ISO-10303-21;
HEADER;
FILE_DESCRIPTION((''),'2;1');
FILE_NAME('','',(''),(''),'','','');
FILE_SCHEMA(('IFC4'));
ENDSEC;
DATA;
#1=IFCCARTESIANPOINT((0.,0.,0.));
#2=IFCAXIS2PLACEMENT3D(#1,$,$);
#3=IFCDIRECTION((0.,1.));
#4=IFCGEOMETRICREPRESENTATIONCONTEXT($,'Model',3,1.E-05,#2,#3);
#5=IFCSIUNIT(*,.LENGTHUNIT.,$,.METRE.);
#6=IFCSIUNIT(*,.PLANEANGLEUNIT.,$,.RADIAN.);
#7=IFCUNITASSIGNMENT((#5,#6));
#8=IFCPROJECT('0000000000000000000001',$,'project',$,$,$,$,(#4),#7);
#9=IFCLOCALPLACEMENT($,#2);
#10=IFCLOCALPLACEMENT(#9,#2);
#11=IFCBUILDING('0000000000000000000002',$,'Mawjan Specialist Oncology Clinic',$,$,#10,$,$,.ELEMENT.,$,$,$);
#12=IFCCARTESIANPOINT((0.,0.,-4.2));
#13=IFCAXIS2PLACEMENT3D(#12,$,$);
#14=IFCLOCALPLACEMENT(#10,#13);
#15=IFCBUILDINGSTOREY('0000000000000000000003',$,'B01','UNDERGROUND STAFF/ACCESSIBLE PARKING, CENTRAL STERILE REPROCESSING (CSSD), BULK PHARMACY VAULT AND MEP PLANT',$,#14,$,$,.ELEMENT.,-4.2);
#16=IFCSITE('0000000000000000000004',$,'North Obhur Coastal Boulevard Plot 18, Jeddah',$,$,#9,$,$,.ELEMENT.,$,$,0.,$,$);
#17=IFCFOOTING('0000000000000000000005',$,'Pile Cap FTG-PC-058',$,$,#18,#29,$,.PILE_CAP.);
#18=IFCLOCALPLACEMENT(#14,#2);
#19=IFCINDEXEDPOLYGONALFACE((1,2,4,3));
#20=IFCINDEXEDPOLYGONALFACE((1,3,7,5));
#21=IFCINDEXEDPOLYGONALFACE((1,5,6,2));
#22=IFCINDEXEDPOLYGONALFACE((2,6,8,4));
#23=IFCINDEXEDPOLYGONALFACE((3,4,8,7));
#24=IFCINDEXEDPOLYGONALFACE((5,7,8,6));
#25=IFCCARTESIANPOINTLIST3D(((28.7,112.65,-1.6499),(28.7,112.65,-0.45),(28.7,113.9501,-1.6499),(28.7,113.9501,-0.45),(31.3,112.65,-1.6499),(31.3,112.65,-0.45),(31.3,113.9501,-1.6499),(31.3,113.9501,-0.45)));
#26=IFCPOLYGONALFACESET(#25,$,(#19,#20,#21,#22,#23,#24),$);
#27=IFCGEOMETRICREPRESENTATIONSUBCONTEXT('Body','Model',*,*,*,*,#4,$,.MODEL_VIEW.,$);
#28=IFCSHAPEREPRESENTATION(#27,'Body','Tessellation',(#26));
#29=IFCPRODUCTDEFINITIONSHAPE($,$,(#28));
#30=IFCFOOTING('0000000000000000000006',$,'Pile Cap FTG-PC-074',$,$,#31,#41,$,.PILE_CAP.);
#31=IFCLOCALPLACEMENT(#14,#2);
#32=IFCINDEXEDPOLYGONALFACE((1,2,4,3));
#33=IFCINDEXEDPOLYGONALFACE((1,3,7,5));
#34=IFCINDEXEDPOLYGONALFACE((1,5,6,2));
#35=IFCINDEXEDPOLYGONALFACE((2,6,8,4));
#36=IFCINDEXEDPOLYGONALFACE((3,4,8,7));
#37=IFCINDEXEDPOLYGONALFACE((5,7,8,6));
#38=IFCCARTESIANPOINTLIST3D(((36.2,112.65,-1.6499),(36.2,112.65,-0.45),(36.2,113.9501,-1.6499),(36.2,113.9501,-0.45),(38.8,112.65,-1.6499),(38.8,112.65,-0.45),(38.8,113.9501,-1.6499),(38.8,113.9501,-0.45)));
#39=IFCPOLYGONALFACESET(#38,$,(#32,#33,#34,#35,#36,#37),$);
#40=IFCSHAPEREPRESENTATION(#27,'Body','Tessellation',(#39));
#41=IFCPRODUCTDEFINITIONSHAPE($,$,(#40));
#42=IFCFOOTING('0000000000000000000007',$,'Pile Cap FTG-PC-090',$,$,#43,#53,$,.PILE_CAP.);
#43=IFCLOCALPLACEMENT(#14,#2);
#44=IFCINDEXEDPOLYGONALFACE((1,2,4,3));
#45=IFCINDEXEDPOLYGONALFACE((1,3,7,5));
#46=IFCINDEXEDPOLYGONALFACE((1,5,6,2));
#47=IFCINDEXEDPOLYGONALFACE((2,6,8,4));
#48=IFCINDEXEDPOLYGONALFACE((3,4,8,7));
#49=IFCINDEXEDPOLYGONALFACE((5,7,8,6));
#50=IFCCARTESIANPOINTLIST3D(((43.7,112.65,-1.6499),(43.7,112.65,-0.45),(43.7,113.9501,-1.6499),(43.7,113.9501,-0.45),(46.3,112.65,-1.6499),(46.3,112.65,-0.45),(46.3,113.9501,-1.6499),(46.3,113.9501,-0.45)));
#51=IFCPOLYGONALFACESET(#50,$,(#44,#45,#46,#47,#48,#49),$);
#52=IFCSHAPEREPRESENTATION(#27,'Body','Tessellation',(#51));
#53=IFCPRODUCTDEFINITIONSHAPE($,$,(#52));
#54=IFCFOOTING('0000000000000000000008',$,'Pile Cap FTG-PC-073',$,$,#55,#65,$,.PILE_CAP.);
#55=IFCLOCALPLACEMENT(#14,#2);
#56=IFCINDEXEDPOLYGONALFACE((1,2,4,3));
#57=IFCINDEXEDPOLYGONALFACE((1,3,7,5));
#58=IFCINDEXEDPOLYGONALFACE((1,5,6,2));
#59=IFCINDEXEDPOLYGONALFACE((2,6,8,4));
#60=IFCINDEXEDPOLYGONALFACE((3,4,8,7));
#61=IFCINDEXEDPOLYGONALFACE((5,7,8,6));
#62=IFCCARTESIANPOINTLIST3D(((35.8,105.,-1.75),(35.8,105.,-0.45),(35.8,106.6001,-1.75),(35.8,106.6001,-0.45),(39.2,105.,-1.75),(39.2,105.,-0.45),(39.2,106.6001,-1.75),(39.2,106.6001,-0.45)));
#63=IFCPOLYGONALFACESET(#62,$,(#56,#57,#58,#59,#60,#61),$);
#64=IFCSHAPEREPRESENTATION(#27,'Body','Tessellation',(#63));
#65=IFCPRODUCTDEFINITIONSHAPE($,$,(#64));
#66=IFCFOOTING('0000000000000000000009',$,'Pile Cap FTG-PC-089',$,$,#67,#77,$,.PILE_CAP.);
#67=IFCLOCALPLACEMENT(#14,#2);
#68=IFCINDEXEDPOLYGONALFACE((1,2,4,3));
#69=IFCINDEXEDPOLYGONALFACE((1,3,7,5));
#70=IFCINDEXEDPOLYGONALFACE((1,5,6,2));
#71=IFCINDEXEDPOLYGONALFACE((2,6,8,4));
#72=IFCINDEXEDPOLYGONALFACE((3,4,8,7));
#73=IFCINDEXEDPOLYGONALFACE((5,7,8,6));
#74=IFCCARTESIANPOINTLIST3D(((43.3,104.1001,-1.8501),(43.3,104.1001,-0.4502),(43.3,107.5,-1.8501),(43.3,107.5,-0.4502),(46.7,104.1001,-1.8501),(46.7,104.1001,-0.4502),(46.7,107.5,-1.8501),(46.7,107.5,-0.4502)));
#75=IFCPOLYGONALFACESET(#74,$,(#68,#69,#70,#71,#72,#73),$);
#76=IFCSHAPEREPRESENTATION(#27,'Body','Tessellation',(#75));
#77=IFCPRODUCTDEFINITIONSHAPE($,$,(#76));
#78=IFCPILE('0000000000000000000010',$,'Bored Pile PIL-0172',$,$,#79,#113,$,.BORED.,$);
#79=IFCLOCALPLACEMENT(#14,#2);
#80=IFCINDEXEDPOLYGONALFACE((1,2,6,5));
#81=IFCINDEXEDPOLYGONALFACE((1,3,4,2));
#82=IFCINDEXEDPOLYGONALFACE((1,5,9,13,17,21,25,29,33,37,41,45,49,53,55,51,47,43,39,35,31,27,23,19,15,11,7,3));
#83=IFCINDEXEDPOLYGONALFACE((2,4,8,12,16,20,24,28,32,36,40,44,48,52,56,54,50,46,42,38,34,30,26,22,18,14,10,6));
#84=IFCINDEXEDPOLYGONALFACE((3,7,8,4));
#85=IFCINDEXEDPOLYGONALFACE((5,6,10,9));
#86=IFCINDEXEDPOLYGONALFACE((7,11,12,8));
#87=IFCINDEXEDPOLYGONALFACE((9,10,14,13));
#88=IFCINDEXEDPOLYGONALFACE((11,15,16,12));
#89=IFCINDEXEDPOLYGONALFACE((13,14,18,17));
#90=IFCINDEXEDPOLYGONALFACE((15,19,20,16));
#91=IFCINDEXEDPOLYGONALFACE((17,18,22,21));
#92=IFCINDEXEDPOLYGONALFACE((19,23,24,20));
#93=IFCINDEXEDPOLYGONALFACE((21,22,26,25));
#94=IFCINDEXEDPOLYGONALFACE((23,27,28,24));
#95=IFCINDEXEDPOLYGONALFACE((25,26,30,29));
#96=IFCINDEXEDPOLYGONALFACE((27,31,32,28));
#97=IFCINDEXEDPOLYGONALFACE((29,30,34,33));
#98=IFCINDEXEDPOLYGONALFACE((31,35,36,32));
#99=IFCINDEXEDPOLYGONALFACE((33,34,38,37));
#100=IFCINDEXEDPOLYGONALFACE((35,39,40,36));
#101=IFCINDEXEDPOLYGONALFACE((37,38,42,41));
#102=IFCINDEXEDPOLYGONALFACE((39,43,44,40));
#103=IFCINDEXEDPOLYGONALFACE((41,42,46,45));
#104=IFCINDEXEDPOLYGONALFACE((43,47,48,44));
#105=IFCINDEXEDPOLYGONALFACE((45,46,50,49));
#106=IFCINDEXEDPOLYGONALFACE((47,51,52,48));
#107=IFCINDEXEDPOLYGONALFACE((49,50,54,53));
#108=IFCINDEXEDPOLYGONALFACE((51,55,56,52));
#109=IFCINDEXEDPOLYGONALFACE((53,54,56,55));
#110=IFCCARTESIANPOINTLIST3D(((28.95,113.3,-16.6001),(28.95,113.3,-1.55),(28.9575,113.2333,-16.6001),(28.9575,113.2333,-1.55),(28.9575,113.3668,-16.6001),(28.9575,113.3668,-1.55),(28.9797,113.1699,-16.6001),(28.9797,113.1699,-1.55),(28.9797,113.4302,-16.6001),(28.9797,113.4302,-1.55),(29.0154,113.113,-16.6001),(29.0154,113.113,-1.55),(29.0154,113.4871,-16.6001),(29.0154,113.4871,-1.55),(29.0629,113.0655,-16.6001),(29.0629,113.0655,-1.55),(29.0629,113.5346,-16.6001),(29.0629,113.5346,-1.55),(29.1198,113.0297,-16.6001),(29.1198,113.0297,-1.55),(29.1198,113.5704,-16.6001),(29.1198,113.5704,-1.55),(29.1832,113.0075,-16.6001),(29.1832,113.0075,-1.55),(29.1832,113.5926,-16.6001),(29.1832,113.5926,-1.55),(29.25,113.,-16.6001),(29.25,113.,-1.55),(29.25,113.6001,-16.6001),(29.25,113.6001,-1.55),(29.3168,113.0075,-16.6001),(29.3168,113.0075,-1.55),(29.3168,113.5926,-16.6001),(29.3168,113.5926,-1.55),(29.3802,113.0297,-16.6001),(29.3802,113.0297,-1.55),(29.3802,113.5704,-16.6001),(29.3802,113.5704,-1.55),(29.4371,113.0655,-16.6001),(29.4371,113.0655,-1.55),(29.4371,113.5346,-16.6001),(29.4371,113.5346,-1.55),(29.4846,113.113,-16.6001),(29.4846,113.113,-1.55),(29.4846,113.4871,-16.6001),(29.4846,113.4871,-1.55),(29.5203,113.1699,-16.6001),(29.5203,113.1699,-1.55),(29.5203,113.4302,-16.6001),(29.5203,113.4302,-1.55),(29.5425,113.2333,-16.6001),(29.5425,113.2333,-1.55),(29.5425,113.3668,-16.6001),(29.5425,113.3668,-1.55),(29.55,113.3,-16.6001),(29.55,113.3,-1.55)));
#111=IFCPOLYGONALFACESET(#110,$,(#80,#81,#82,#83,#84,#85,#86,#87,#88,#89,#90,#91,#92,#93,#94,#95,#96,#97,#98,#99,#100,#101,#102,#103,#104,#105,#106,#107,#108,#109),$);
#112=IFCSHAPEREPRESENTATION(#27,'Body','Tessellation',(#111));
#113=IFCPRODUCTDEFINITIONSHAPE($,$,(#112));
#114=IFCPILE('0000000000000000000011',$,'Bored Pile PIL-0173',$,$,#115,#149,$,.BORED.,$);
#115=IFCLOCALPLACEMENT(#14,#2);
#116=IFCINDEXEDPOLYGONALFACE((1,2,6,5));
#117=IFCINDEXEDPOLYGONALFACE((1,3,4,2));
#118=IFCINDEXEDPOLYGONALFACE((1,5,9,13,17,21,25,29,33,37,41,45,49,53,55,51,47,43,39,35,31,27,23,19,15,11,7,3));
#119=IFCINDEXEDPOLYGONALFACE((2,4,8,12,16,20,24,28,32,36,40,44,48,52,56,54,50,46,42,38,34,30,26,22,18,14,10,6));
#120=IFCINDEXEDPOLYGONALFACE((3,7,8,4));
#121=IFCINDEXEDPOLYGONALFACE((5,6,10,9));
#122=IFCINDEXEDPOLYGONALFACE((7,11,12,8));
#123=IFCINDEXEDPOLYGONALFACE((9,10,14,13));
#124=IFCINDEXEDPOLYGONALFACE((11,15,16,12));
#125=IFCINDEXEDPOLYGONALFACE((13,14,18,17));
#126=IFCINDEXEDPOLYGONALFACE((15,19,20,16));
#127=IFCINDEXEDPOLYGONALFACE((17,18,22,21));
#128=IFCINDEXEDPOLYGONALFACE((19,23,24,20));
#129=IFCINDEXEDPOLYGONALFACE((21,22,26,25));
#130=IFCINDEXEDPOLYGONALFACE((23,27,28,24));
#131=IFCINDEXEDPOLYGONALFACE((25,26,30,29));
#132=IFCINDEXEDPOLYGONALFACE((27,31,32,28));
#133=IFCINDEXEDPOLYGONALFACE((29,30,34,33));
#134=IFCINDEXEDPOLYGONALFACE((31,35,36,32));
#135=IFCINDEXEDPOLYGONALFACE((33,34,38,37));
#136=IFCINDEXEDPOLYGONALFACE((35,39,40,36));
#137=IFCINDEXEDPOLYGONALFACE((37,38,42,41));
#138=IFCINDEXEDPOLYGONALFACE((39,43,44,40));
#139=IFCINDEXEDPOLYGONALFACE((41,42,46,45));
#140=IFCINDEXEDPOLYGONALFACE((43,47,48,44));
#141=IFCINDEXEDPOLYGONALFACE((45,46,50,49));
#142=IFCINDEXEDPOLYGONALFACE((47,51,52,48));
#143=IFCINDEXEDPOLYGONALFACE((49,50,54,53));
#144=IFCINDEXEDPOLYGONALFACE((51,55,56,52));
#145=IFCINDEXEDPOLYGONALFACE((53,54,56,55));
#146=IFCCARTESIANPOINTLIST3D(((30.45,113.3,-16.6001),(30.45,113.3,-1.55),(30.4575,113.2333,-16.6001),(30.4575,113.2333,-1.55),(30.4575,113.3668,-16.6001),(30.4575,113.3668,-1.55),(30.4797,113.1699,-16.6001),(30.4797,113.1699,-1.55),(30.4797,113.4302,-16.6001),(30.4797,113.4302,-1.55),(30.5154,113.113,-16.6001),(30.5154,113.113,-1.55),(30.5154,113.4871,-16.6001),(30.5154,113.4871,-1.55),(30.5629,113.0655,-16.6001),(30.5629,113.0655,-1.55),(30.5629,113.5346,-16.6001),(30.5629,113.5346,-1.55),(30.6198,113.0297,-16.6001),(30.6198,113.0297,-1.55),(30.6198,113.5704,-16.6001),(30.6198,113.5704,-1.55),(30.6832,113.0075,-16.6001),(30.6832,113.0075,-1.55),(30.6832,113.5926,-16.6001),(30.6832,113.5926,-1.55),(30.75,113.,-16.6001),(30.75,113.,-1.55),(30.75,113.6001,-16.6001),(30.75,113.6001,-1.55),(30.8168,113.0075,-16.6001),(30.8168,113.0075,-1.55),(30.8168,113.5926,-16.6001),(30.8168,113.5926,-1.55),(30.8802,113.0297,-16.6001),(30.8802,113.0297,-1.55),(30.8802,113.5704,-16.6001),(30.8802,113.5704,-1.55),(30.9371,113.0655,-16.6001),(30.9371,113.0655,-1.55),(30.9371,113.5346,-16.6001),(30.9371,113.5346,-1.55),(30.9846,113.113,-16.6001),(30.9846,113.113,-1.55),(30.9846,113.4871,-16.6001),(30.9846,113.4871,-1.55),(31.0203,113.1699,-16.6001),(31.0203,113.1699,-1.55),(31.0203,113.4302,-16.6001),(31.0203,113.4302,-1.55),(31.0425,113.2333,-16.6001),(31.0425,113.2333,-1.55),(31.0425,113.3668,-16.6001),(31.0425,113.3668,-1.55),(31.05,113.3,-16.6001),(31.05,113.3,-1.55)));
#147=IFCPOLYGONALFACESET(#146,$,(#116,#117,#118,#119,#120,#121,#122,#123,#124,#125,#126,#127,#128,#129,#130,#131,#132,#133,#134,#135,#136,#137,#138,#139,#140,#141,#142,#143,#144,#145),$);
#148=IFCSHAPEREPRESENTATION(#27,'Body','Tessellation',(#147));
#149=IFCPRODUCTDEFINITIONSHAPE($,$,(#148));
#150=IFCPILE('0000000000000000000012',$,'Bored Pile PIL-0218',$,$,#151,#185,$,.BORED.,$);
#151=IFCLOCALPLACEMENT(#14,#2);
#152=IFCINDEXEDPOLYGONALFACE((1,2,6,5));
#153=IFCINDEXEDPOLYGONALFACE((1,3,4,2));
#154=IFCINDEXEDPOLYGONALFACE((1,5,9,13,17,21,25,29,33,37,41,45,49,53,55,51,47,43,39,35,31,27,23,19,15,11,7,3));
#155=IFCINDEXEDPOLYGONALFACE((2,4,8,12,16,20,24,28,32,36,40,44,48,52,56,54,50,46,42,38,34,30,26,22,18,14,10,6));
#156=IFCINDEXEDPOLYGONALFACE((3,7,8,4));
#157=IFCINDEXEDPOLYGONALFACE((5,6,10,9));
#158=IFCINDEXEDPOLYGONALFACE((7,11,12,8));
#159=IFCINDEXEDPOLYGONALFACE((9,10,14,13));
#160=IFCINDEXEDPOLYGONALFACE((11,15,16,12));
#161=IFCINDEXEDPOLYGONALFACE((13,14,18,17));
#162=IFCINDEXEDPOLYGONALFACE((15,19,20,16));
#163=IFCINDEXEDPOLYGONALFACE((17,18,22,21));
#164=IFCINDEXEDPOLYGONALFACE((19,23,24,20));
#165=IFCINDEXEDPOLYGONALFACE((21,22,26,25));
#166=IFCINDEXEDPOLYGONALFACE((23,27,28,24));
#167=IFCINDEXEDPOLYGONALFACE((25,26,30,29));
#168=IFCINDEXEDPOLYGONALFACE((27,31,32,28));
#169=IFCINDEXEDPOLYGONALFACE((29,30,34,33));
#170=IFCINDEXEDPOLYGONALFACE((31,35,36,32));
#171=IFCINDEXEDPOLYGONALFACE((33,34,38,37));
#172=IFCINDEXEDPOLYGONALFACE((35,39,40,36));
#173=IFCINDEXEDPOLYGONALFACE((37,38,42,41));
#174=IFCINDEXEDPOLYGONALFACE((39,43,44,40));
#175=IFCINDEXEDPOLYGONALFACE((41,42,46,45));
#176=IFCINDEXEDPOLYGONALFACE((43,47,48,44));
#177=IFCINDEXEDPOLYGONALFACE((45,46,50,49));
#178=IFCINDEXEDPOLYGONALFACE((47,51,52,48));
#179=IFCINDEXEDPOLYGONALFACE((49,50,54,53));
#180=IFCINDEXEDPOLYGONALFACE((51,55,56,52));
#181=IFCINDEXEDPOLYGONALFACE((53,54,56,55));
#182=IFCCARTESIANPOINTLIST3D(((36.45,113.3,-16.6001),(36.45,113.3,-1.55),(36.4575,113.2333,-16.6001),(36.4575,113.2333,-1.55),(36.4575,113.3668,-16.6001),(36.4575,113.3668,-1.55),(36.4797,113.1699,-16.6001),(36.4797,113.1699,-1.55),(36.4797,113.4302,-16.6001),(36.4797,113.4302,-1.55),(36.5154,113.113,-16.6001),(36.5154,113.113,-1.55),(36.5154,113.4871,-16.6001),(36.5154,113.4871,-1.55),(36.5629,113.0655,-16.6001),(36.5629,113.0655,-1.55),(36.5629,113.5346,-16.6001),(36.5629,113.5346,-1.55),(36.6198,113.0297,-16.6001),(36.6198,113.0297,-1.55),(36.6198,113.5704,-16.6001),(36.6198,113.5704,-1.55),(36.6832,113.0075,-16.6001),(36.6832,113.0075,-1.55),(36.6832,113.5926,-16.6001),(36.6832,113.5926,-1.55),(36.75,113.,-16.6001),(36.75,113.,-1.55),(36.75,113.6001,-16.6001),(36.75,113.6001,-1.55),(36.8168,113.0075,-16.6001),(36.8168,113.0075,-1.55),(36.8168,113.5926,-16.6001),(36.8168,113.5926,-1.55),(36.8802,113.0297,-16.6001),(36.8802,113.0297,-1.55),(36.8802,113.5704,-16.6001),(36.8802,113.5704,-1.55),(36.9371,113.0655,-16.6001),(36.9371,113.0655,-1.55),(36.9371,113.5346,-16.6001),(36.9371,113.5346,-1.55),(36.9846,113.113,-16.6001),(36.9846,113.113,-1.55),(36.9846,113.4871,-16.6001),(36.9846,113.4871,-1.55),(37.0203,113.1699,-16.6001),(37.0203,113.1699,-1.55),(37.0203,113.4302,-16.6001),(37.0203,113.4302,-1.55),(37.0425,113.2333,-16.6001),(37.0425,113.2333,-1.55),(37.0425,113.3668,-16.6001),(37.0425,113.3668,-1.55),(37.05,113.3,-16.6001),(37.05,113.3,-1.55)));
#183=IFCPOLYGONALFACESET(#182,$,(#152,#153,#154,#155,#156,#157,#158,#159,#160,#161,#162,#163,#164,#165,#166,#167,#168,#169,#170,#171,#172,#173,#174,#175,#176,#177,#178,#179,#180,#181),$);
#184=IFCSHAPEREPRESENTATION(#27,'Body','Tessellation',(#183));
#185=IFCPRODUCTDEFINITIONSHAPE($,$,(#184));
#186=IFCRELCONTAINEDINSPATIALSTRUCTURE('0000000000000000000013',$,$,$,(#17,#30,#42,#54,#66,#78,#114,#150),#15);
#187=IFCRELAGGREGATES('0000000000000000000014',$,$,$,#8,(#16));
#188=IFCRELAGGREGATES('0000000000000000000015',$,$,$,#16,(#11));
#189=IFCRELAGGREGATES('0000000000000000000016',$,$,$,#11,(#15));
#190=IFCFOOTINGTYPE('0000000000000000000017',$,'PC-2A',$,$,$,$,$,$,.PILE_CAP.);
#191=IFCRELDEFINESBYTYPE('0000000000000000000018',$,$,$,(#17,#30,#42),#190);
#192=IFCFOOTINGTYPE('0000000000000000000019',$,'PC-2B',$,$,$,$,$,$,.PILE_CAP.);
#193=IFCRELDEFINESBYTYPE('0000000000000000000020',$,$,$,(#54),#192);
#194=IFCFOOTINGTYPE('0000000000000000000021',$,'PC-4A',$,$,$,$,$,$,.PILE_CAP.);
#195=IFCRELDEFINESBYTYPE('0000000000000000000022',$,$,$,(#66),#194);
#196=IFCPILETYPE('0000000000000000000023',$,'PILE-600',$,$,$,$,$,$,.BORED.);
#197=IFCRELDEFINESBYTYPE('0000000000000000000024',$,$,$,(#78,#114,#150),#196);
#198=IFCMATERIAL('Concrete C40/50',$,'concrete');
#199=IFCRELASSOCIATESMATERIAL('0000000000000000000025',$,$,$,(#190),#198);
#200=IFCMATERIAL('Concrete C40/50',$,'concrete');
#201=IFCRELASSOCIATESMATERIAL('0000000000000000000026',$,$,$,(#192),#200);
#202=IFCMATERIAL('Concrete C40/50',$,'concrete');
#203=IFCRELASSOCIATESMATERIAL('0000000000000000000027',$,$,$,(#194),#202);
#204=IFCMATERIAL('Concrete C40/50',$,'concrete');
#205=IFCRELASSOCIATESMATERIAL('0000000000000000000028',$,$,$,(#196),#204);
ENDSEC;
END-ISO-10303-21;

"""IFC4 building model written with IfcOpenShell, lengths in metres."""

from ifc_helpers import new_model, si_unit, direction, frame, origin, origin_2d, place, context, subcontext, project, spatial, rectangle, circle, extrude, material, material_profile, profile_set, type_object, element, save


model = new_model("IFC4")

# Units and contexts
model_context = context("Model", 3, precision=1e-05, world=origin(), true_north=direction((0.0, 1.0)))
body_context = subcontext(model_context, "Body", "Model", "MODEL_VIEW")
ifc_project = project(units=[si_unit("LENGTHUNIT", "METRE"), si_unit("PLANEANGLEUNIT", "RADIAN")], contexts=[model_context])

# Site, building, storey
site_placement = place(None, origin())
site = spatial("IfcSite", under=ifc_project, at=site_placement, Name="North Obhur Coastal Boulevard Plot 18, Jeddah", CompositionType="ELEMENT", RefElevation=0.0)
building_placement = place(site_placement, origin())
building = spatial("IfcBuilding", under=site, at=building_placement, Name="Mawjan Specialist Oncology Clinic", CompositionType="ELEMENT")
storey_placement = place(building_placement, frame((0.0, 0.0, -4.2)))
storey = spatial("IfcBuildingStorey", under=building, at=storey_placement, Name="B01", Description="UNDERGROUND STAFF/ACCESSIBLE PARKING, CENTRAL STERILE REPROCESSING (CSSD), BULK PHARMACY VAULT AND MEP PLANT", CompositionType="ELEMENT", Elevation=-4.2)

# Footings
ifc_material_1 = material(Name="Concrete C40/50", Category="concrete")
footing_type_1 = type_object("IfcFootingType", Name="PC-2A", PredefinedType="PILE_CAP", material=ifc_material_1)
for number, where, z_axis, x_axis, name in (
    (1, (30.0, 113.3, -1.6499), (0.0, 0.0, 1.0), (1.0, 0.0, 0.0), "Pile Cap FTG-PC-058"),
    (2, (37.5, 113.3, -1.6499), (0.0, 0.0, 1.0), (1.0, 0.0, 0.0), "Pile Cap FTG-PC-074"),
    (3, (45.0, 113.3, -1.6499), (0.0, 0.0, 1.0), (1.0, 0.0, 0.0), "Pile Cap FTG-PC-090"),
):
    element("IfcFooting", number, at=place(storey_placement, frame(where, z_axis=z_axis, x_axis=x_axis)), inside=storey, type_object=footing_type_1, Name=name, PredefinedType="PILE_CAP", context=body_context, shape_type="SweptSolid", body=[
        extrude(rectangle(XDim=2.6001, YDim=1.3, at=origin_2d()), origin(), (0.0, 0.0, 1.0), 1.2),
    ])
ifc_material_2 = material(Name="Concrete C40/50", Category="concrete")
footing_type_2 = type_object("IfcFootingType", Name="PC-2B", PredefinedType="PILE_CAP", material=ifc_material_2)
footing_1_placement = place(storey_placement, frame((37.5, 105.8, -1.75), z_axis=(0.0, 0.0, 1.0), x_axis=(1.0, 0.0, 0.0)))
element("IfcFooting", 4, at=footing_1_placement, inside=storey, type_object=footing_type_2, Name="Pile Cap FTG-PC-073", PredefinedType="PILE_CAP", context=body_context, shape_type="SweptSolid", body=[
    extrude(rectangle(XDim=3.3999, YDim=1.6001, at=origin_2d()), origin(), (0.0, 0.0, 1.0), 1.3),
])
ifc_material_3 = material(Name="Concrete C40/50", Category="concrete")
footing_type_3 = type_object("IfcFootingType", Name="PC-4A", PredefinedType="PILE_CAP", material=ifc_material_3)
footing_2_placement = place(storey_placement, frame((45.0, 105.8, -1.8501), z_axis=(0.0, 0.0, 1.0), x_axis=(1.0, 0.0, 0.0)))
element("IfcFooting", 5, at=footing_2_placement, inside=storey, type_object=footing_type_3, Name="Pile Cap FTG-PC-089", PredefinedType="PILE_CAP", context=body_context, shape_type="SweptSolid", body=[
    extrude(rectangle(XDim=3.3999, YDim=3.3999, at=origin_2d()), origin(), (0.0, 0.0, 1.0), 1.3999),
])

# Piles
ifc_material_4 = material(Name="Concrete C40/50", Category="concrete")
ifc_material_profile_1 = material_profile(ifc_material_4, circle(Radius=0.3, at=origin_2d()), Name="BORED PILE D600", Category="concrete")
ifc_profile_set_1 = profile_set([ifc_material_profile_1], Name="Concrete C40/50")
pile_type_1 = type_object("IfcPileType", Name="PILE-600", PredefinedType="BORED", material=ifc_profile_set_1)
for number, where, z_axis, x_axis, name in (
    (6, (29.25, 113.3, -1.55), (0.0, 0.0, -1.0), (1.0, 0.0, 0.0), "Bored Pile PIL-0172"),
    (7, (30.75, 113.3, -1.55), (0.0, 0.0, -1.0), (1.0, 0.0, 0.0), "Bored Pile PIL-0173"),
    (8, (36.75, 113.3, -1.55), (0.0, 0.0, -1.0), (1.0, 0.0, 0.0), "Bored Pile PIL-0218"),
):
    element("IfcPile", number, at=place(storey_placement, frame(where, z_axis=z_axis, x_axis=x_axis)), inside=storey, type_object=pile_type_1, Name=name, PredefinedType="BORED", context=body_context, shape_type="SweptSolid", body=[
        extrude(circle(Radius=0.3, at=origin_2d()), origin(), (0.0, 0.0, 1.0), 15.05),
    ])

save(model, "model.ifc")
